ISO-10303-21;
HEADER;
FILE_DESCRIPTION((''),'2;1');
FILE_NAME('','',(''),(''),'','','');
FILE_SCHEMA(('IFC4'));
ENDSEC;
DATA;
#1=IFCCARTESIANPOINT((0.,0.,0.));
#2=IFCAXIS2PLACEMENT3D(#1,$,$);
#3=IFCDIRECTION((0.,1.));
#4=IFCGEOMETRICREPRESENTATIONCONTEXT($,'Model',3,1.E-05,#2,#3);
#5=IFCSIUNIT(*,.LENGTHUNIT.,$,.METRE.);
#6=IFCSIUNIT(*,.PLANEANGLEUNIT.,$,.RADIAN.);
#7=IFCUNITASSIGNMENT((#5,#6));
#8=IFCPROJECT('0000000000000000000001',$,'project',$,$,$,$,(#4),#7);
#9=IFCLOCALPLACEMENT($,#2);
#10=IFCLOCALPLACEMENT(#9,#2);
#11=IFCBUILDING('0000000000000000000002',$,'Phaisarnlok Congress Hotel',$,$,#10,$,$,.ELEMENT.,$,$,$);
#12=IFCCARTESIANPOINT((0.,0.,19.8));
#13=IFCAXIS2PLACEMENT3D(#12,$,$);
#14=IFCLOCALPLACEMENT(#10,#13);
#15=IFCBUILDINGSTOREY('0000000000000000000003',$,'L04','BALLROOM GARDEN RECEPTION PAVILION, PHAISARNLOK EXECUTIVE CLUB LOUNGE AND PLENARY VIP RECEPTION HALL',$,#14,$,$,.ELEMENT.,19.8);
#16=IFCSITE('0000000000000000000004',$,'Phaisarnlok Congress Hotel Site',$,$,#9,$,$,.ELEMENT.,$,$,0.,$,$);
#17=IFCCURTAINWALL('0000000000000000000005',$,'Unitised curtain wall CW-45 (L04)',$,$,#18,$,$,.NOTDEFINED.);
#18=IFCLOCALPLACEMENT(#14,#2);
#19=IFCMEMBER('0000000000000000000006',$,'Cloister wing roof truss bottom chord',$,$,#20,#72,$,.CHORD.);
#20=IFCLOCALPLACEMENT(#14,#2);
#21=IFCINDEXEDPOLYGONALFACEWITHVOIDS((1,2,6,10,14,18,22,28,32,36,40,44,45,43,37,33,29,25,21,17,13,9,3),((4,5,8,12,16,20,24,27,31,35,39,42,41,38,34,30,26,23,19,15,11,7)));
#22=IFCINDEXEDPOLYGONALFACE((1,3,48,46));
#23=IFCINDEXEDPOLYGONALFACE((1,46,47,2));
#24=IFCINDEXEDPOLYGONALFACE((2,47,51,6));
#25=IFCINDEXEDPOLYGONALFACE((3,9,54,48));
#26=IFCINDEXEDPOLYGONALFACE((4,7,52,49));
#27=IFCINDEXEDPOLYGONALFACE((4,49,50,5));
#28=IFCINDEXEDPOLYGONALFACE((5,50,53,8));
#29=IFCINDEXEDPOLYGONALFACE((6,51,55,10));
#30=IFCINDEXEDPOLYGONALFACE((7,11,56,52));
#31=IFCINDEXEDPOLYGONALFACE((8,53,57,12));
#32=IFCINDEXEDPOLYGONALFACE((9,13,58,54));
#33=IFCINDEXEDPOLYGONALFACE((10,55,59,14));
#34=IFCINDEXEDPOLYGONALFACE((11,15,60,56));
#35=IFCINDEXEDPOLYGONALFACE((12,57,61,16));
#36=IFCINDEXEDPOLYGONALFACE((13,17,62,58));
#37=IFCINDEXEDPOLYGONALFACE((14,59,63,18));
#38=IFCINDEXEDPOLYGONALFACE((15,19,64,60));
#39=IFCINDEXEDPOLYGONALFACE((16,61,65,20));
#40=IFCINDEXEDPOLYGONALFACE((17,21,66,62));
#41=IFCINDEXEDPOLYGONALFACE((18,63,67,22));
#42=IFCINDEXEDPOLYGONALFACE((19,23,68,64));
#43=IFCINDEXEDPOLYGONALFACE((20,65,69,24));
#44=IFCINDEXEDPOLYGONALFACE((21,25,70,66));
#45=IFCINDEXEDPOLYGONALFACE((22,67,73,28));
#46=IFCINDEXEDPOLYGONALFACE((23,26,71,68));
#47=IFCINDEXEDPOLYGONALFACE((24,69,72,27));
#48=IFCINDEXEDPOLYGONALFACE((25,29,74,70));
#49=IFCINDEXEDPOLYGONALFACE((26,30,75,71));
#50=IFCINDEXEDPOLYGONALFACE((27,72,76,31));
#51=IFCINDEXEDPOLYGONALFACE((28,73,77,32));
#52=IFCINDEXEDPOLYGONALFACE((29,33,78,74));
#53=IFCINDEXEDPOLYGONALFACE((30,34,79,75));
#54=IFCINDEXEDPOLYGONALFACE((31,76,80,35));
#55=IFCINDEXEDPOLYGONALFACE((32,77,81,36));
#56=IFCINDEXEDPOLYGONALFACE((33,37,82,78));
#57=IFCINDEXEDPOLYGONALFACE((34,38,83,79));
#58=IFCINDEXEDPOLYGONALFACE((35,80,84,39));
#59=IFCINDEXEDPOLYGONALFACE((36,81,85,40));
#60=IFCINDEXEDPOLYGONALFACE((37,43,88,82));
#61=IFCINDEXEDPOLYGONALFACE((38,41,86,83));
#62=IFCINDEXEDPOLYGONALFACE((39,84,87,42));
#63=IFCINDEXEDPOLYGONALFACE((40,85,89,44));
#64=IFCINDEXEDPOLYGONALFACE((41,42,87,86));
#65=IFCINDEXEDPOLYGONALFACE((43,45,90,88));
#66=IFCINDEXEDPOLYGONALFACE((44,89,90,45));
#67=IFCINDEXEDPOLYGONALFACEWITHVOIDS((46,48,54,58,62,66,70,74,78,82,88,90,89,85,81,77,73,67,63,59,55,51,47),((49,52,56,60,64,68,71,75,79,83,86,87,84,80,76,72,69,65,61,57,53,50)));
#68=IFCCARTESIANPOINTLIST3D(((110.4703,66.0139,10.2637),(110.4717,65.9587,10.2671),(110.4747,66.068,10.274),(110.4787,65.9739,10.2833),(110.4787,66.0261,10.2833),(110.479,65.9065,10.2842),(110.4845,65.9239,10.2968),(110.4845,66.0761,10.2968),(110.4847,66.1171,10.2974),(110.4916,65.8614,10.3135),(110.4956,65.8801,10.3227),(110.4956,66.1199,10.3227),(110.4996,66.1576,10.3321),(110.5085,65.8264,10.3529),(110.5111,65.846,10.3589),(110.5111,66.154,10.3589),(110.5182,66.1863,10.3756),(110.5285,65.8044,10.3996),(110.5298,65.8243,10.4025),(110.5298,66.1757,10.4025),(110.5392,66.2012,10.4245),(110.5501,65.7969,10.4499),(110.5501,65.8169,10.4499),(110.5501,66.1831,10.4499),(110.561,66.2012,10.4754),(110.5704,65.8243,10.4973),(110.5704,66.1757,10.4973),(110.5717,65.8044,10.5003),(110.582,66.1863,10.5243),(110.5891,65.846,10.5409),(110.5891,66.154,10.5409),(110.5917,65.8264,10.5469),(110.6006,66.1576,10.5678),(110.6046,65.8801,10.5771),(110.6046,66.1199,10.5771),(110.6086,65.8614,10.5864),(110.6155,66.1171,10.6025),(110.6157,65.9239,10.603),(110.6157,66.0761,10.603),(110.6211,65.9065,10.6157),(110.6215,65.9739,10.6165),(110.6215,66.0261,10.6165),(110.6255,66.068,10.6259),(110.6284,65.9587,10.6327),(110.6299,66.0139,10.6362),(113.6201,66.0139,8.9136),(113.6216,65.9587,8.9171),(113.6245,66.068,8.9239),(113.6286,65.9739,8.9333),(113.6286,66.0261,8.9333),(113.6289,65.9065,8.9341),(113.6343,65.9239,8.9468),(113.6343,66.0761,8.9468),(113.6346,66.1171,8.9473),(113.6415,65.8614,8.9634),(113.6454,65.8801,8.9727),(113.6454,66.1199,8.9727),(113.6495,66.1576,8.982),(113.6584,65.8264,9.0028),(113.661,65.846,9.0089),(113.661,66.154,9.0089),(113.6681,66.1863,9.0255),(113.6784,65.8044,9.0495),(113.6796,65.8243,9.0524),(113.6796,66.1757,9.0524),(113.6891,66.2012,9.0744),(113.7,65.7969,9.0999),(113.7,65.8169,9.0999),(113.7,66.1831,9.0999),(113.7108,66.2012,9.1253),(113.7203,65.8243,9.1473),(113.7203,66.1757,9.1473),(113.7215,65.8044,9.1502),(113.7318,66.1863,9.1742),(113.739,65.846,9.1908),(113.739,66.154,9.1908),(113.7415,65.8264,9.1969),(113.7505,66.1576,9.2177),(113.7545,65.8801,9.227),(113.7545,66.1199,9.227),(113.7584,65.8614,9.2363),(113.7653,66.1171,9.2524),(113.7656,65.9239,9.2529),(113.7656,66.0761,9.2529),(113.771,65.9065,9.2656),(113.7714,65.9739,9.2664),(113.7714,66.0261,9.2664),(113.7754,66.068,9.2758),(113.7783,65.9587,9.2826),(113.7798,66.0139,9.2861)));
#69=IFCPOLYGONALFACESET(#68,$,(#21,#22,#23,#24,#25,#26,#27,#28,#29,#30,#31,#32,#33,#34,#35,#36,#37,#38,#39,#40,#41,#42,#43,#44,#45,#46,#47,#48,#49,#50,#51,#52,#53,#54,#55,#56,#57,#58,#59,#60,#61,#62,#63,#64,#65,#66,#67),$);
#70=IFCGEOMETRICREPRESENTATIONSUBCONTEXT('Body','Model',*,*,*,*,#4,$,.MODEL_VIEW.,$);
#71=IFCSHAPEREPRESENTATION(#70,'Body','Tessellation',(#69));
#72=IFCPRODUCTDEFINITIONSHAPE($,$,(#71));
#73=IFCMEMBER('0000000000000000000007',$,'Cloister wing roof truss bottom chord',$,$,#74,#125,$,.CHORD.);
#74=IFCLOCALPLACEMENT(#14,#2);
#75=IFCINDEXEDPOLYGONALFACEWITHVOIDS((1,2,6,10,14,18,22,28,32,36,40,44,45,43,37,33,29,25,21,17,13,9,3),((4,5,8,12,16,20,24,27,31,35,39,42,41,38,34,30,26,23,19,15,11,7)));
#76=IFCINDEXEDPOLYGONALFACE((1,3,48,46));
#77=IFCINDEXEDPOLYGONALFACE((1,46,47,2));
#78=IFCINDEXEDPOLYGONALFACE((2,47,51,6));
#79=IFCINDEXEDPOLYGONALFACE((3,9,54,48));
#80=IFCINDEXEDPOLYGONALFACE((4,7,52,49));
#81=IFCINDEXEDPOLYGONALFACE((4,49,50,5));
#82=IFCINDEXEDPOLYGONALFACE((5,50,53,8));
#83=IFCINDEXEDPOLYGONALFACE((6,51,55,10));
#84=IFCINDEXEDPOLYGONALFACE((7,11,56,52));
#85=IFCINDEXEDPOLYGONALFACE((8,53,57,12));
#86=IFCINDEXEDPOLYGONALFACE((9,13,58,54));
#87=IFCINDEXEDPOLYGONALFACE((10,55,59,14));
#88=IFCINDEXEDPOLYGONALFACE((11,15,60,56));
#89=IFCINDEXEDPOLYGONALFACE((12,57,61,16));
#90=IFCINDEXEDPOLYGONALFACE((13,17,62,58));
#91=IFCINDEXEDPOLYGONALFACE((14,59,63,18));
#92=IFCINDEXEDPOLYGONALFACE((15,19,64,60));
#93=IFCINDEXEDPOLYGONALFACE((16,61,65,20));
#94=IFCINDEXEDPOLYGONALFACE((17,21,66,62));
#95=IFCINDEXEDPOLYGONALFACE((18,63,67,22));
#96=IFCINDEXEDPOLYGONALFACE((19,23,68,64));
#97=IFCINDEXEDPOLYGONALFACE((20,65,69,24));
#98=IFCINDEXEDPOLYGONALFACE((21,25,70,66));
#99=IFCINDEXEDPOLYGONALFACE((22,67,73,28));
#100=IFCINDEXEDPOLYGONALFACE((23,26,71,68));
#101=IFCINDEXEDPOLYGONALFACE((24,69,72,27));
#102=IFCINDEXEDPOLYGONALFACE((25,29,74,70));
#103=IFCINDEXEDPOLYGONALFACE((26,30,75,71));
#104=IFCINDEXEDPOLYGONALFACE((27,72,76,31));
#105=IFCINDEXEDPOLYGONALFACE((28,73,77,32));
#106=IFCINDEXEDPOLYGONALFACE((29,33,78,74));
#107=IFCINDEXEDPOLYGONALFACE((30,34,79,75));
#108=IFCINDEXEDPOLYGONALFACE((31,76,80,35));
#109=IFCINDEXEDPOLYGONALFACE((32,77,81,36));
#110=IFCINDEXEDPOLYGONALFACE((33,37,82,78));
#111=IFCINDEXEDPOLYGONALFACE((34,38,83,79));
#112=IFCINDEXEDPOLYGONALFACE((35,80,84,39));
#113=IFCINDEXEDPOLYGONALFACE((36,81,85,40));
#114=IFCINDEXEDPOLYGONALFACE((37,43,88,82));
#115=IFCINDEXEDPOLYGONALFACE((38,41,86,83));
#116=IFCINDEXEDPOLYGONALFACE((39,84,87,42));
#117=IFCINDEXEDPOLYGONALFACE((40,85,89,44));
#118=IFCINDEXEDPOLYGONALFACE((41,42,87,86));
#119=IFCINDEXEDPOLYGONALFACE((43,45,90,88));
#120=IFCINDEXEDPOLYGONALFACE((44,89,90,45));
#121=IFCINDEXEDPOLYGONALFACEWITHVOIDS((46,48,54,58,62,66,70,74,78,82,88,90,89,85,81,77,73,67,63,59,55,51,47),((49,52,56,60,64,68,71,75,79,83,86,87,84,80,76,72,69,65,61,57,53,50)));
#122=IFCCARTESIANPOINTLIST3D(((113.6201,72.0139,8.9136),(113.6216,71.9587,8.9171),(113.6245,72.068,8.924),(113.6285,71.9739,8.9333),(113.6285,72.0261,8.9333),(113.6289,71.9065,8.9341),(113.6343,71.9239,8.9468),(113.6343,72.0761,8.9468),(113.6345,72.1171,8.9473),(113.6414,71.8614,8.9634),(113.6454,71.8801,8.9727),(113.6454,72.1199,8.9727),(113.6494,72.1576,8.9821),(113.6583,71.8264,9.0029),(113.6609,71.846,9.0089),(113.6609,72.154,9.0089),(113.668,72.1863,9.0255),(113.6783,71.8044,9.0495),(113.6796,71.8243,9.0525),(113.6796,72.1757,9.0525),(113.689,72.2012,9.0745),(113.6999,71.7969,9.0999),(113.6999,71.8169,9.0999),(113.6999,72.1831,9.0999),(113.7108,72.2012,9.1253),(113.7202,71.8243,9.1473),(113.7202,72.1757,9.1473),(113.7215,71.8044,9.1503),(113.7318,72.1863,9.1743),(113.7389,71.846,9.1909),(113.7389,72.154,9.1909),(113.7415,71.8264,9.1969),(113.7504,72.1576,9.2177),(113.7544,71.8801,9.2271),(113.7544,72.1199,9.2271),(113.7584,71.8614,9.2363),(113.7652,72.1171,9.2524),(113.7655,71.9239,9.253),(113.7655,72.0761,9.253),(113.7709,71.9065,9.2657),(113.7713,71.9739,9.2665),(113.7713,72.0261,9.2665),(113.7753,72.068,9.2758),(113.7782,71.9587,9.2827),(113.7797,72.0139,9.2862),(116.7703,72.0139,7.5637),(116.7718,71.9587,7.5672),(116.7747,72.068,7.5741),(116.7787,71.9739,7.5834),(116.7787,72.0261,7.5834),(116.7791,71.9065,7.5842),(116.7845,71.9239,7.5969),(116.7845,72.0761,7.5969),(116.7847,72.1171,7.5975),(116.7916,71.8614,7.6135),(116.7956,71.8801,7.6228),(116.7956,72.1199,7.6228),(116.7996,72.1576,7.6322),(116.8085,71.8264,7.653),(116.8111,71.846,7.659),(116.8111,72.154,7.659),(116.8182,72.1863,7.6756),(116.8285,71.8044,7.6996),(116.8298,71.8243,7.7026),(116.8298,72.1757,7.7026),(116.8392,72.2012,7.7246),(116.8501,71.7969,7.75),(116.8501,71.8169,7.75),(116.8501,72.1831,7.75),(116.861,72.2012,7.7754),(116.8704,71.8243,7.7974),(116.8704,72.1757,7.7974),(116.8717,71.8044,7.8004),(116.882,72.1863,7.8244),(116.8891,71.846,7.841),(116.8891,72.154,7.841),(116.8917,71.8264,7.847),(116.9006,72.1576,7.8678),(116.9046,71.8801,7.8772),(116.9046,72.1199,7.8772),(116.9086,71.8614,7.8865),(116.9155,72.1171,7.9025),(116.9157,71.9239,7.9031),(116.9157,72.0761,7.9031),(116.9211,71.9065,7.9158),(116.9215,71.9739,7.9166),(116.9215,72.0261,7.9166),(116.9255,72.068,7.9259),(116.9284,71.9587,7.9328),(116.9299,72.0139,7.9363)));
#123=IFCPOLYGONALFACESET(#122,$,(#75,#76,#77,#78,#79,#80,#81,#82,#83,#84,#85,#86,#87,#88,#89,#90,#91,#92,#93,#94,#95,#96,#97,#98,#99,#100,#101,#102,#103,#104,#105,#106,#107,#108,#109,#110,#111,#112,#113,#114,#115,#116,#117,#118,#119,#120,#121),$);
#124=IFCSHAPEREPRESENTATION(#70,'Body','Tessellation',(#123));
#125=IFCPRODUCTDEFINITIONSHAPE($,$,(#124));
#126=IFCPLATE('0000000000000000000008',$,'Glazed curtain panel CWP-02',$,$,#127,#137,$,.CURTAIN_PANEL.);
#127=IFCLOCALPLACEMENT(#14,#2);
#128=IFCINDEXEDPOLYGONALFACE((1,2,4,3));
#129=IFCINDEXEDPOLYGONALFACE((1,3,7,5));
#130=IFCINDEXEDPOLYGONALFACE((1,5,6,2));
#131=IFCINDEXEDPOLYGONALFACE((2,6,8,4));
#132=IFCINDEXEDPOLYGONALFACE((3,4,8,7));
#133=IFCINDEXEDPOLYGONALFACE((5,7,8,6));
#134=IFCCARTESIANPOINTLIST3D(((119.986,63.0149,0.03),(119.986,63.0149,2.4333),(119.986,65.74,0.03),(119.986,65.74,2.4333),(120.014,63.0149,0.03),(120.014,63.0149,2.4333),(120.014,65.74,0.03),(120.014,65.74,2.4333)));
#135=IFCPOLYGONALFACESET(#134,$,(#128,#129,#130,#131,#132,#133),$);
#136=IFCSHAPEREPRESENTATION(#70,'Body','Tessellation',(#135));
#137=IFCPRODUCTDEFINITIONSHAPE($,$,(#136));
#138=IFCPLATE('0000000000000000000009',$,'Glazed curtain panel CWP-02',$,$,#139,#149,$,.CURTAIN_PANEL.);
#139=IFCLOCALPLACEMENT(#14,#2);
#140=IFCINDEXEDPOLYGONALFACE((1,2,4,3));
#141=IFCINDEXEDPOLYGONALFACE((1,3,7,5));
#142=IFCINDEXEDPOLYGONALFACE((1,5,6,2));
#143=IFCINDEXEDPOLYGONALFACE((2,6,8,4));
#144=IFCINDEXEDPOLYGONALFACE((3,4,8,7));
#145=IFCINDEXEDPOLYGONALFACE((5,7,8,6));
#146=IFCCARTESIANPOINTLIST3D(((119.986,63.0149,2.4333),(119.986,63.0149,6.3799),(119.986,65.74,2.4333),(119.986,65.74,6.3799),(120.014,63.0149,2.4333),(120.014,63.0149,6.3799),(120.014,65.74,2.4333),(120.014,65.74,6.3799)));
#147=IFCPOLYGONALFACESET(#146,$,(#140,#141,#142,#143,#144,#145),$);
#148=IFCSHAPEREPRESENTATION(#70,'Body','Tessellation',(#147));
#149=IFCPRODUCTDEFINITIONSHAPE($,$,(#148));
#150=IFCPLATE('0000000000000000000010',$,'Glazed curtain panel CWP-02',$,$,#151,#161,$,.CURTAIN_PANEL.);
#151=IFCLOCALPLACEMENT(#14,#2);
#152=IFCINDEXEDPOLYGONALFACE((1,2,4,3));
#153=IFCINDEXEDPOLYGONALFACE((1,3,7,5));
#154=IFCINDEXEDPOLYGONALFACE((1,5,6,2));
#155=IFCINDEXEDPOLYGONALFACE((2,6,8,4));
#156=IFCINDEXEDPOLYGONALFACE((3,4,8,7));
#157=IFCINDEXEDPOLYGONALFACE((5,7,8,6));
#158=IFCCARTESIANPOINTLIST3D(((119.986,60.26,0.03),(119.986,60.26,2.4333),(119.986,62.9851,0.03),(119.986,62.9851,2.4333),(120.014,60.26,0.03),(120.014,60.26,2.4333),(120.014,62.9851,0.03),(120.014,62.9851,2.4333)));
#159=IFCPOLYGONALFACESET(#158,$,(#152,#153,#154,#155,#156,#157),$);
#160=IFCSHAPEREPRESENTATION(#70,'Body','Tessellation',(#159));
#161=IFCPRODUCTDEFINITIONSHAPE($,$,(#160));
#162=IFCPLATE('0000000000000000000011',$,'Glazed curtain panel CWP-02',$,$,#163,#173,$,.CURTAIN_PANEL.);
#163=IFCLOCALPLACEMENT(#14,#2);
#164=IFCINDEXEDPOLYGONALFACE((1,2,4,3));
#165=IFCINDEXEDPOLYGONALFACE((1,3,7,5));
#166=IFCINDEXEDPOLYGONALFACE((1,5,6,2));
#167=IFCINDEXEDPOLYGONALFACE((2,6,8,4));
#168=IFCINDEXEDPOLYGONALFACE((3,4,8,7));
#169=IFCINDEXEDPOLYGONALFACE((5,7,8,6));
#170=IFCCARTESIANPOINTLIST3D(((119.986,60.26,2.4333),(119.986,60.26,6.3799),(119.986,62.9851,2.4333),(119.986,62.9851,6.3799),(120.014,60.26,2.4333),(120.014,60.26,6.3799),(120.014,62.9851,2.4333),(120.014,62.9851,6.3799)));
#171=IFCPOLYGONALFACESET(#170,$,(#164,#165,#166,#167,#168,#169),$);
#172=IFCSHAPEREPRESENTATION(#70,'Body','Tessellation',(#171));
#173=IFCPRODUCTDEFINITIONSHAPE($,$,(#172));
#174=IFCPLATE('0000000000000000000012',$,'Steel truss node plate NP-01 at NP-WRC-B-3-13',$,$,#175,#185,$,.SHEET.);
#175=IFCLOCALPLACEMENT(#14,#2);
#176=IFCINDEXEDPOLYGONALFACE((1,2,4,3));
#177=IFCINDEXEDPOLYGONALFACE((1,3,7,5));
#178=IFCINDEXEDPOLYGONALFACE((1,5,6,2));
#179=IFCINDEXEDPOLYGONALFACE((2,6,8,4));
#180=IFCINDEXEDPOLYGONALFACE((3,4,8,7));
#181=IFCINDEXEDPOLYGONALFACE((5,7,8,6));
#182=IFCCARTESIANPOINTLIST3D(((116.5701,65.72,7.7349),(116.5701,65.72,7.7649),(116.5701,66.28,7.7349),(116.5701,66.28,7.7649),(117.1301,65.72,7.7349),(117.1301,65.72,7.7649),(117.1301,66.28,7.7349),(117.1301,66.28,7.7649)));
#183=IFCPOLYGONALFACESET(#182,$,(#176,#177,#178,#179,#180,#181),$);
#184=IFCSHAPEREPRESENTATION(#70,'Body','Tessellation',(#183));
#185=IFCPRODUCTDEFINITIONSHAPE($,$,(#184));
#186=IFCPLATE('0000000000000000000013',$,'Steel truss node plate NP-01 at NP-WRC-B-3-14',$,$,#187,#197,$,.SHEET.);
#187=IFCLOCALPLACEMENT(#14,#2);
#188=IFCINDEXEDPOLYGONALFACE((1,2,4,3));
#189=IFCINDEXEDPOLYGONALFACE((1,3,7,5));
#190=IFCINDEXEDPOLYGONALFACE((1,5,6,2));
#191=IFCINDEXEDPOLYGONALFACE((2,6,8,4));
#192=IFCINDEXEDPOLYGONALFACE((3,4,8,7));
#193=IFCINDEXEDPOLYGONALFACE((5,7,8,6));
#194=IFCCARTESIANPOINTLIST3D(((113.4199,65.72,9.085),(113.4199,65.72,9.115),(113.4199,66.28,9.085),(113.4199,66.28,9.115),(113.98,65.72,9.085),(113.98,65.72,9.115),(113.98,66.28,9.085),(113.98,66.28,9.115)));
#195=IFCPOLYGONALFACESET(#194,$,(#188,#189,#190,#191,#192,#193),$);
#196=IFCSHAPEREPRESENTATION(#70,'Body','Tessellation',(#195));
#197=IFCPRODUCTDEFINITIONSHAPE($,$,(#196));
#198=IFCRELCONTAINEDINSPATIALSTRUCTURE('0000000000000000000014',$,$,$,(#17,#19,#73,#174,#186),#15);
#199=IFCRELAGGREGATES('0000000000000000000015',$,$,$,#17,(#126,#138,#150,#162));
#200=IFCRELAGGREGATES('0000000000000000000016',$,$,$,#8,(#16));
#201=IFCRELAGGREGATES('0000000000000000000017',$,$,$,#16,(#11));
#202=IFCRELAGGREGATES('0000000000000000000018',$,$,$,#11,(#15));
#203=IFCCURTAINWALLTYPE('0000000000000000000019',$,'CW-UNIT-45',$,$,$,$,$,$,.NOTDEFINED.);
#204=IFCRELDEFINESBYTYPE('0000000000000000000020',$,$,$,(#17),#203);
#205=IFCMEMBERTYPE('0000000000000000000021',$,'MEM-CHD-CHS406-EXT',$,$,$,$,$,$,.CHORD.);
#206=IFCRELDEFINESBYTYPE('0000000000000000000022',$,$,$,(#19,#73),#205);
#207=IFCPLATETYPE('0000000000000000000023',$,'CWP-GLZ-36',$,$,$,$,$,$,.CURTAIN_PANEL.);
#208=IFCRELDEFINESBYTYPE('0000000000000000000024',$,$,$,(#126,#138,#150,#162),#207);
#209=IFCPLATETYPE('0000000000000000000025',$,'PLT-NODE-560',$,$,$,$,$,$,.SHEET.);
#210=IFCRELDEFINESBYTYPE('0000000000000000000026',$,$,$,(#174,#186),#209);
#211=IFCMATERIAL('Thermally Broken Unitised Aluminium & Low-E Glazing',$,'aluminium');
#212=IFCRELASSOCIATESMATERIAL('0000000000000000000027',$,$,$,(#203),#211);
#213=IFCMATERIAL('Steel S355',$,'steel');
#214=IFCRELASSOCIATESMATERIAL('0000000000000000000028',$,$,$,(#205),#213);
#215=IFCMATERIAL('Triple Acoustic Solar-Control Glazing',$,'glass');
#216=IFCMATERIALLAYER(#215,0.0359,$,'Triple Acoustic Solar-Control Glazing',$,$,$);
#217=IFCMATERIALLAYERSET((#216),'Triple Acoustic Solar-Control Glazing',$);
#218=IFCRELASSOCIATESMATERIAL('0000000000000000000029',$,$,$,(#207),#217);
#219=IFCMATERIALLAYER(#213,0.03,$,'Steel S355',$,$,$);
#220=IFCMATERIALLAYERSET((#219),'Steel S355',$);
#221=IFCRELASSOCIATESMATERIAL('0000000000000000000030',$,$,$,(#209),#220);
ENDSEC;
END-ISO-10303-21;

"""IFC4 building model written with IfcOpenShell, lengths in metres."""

from ifc_helpers import new_model, si_unit, direction, frame, frame_2d, origin, origin_2d, place, context, subcontext, project, spatial, rectangle, hollow_circle, extrude, material, layer, layer_set, material_profile, profile_set, type_object, element, aggregate, save


model = new_model("IFC4")

# Units and contexts
model_context = context("Model", 3, precision=1e-05, world=origin(), true_north=direction((0.0, 1.0)))
body_context = subcontext(model_context, "Body", "Model", "MODEL_VIEW")
ifc_project = project(units=[si_unit("LENGTHUNIT", "METRE"), si_unit("PLANEANGLEUNIT", "RADIAN")], contexts=[model_context])

# Site, building, storey
site_placement = place(None, origin())
site = spatial("IfcSite", under=ifc_project, at=site_placement, Name="Phaisarnlok Congress Hotel Site", CompositionType="ELEMENT", RefElevation=0.0)
building_placement = place(site_placement, origin())
building = spatial("IfcBuilding", under=site, at=building_placement, Name="Phaisarnlok Congress Hotel", CompositionType="ELEMENT")
storey_placement = place(building_placement, frame((0.0, 0.0, 19.8)))
storey = spatial("IfcBuildingStorey", under=building, at=storey_placement, Name="L04", Description="BALLROOM GARDEN RECEPTION PAVILION, PHAISARNLOK EXECUTIVE CLUB LOUNGE AND PLENARY VIP RECEPTION HALL", CompositionType="ELEMENT", Elevation=19.8)

# Curtain wall
ifc_material_1 = material(Name="Thermally Broken Unitised Aluminium & Low-E Glazing", Category="aluminium")
curtain_wall_type = type_object("IfcCurtainWallType", Name="CW-UNIT-45", PredefinedType="NOTDEFINED", material=ifc_material_1)
curtain_wall_placement = place(storey_placement, origin())
curtain_wall = element("IfcCurtainWall", 1, at=curtain_wall_placement, inside=storey, type_object=curtain_wall_type, Name="Unitised curtain wall CW-45 (L04)", PredefinedType="NOTDEFINED")

# Members
ifc_material_2 = material(Name="Steel S355", Category="steel")
ifc_material_profile_1 = material_profile(ifc_material_2, hollow_circle(Radius=0.2031, WallThickness=0.02, at=origin_2d()), Name="CHS 406.4x20")
ifc_profile_set_1 = profile_set([ifc_material_profile_1], Name="Steel S355")
member_type_1 = type_object("IfcMemberType", Name="MEM-CHD-CHS406-EXT", PredefinedType="CHORD", material=ifc_profile_set_1)
member_1_placement = place(storey_placement, frame((113.7, 66.0, 9.0999), z_axis=(-0.91913, 0.0, 0.393954), x_axis=(0.0, -1.0, 0.0)))
element("IfcMember", 2, at=member_1_placement, inside=storey, type_object=member_type_1, Name="Cloister wing roof truss bottom chord", PredefinedType="CHORD", context=body_context, shape_type="SweptSolid", body=[
    extrude(hollow_circle(Radius=0.2031, WallThickness=0.02, at=origin_2d()), origin(), (0.0, 0.0, 1.0), 3.427),
])
member_2_placement = place(storey_placement, frame((116.8501, 72.0, 7.75), z_axis=(-0.919167, 0.0, 0.393868), x_axis=(0.0, -1.0, 0.0)))
element("IfcMember", 3, at=member_2_placement, inside=storey, type_object=member_type_1, Name="Cloister wing roof truss bottom chord", PredefinedType="CHORD", context=body_context, shape_type="SweptSolid", body=[
    extrude(hollow_circle(Radius=0.2031, WallThickness=0.02, at=origin_2d()), origin(), (0.0, 0.0, 1.0), 3.4272),
])

# Plates
ifc_material_3 = material(Name="Triple Acoustic Solar-Control Glazing", Category="glass")
ifc_layer_1 = layer(ifc_material_3, 0.0359, Name="Triple Acoustic Solar-Control Glazing")
ifc_layer_set_1 = layer_set([ifc_layer_1], Name="Triple Acoustic Solar-Control Glazing")
plate_type_1 = type_object("IfcPlateType", Name="CWP-GLZ-36", PredefinedType="CURTAIN_PANEL", material=ifc_layer_set_1)
plate_1_placement = place(storey_placement, frame((120.0, 65.74, 0.03), z_axis=(0.0, 0.0, 1.0), x_axis=(0.0, -1.0, 0.0)))
plate_1 = element("IfcPlate", 4, at=plate_1_placement, type_object=plate_type_1, Name="Glazed curtain panel CWP-02", PredefinedType="CURTAIN_PANEL", context=body_context, shape_type="SweptSolid", body=[
    extrude(rectangle(XDim=2.7251, YDim=0.0281, at=frame_2d((1.3625, 0.0))), origin(), (0.0, 0.0, 1.0), 2.4033),
])
plate_2_placement = place(storey_placement, frame((120.0, 65.74, 2.4333), z_axis=(0.0, 0.0, 1.0), x_axis=(0.0, -1.0, 0.0)))
plate_2 = element("IfcPlate", 5, at=plate_2_placement, type_object=plate_type_1, Name="Glazed curtain panel CWP-02", PredefinedType="CURTAIN_PANEL", context=body_context, shape_type="SweptSolid", body=[
    extrude(rectangle(XDim=2.7251, YDim=0.0281, at=frame_2d((1.3625, 0.0))), origin(), (0.0, 0.0, 1.0), 3.9465),
])
plate_3_placement = place(storey_placement, frame((120.0, 62.9851, 0.03), z_axis=(0.0, 0.0, 1.0), x_axis=(0.0, -1.0, 0.0)))
plate_3 = element("IfcPlate", 6, at=plate_3_placement, type_object=plate_type_1, Name="Glazed curtain panel CWP-02", PredefinedType="CURTAIN_PANEL", context=body_context, shape_type="SweptSolid", body=[
    extrude(rectangle(XDim=2.7251, YDim=0.0281, at=frame_2d((1.3625, 0.0))), origin(), (0.0, 0.0, 1.0), 2.4033),
])
plate_4_placement = place(storey_placement, frame((120.0, 62.9851, 2.4333), z_axis=(0.0, 0.0, 1.0), x_axis=(0.0, -1.0, 0.0)))
plate_4 = element("IfcPlate", 7, at=plate_4_placement, type_object=plate_type_1, Name="Glazed curtain panel CWP-02", PredefinedType="CURTAIN_PANEL", context=body_context, shape_type="SweptSolid", body=[
    extrude(rectangle(XDim=2.7251, YDim=0.0281, at=frame_2d((1.3625, 0.0))), origin(), (0.0, 0.0, 1.0), 3.9465),
])
aggregate(curtain_wall, [plate_1, plate_2, plate_3, plate_4])

# Plates
ifc_layer_2 = layer(ifc_material_2, 0.03, Name="Steel S355")
ifc_layer_set_2 = layer_set([ifc_layer_2], Name="Steel S355")
plate_type_2 = type_object("IfcPlateType", Name="PLT-NODE-560", PredefinedType="SHEET", material=ifc_layer_set_2)
for number, where, z_axis, x_axis, name in (
    (8, (116.8501, 66.0, 7.7349), (0.0, 0.0, 1.0), (1.0, 0.0, 0.0), "Steel truss node plate NP-01 at NP-WRC-B-3-13"),
    (9, (113.7, 66.0, 9.085), (0.0, 0.0, 1.0), (1.0, 0.0, 0.0), "Steel truss node plate NP-01 at NP-WRC-B-3-14"),
):
    element("IfcPlate", number, at=place(storey_placement, frame(where, z_axis=z_axis, x_axis=x_axis)), inside=storey, type_object=plate_type_2, Name=name, PredefinedType="SHEET", context=body_context, shape_type="SweptSolid", body=[
        extrude(rectangle(XDim=0.5601, YDim=0.5601, at=origin_2d()), origin(), (0.0, 0.0, 1.0), 0.03),
    ])

save(model, "model.ifc")
